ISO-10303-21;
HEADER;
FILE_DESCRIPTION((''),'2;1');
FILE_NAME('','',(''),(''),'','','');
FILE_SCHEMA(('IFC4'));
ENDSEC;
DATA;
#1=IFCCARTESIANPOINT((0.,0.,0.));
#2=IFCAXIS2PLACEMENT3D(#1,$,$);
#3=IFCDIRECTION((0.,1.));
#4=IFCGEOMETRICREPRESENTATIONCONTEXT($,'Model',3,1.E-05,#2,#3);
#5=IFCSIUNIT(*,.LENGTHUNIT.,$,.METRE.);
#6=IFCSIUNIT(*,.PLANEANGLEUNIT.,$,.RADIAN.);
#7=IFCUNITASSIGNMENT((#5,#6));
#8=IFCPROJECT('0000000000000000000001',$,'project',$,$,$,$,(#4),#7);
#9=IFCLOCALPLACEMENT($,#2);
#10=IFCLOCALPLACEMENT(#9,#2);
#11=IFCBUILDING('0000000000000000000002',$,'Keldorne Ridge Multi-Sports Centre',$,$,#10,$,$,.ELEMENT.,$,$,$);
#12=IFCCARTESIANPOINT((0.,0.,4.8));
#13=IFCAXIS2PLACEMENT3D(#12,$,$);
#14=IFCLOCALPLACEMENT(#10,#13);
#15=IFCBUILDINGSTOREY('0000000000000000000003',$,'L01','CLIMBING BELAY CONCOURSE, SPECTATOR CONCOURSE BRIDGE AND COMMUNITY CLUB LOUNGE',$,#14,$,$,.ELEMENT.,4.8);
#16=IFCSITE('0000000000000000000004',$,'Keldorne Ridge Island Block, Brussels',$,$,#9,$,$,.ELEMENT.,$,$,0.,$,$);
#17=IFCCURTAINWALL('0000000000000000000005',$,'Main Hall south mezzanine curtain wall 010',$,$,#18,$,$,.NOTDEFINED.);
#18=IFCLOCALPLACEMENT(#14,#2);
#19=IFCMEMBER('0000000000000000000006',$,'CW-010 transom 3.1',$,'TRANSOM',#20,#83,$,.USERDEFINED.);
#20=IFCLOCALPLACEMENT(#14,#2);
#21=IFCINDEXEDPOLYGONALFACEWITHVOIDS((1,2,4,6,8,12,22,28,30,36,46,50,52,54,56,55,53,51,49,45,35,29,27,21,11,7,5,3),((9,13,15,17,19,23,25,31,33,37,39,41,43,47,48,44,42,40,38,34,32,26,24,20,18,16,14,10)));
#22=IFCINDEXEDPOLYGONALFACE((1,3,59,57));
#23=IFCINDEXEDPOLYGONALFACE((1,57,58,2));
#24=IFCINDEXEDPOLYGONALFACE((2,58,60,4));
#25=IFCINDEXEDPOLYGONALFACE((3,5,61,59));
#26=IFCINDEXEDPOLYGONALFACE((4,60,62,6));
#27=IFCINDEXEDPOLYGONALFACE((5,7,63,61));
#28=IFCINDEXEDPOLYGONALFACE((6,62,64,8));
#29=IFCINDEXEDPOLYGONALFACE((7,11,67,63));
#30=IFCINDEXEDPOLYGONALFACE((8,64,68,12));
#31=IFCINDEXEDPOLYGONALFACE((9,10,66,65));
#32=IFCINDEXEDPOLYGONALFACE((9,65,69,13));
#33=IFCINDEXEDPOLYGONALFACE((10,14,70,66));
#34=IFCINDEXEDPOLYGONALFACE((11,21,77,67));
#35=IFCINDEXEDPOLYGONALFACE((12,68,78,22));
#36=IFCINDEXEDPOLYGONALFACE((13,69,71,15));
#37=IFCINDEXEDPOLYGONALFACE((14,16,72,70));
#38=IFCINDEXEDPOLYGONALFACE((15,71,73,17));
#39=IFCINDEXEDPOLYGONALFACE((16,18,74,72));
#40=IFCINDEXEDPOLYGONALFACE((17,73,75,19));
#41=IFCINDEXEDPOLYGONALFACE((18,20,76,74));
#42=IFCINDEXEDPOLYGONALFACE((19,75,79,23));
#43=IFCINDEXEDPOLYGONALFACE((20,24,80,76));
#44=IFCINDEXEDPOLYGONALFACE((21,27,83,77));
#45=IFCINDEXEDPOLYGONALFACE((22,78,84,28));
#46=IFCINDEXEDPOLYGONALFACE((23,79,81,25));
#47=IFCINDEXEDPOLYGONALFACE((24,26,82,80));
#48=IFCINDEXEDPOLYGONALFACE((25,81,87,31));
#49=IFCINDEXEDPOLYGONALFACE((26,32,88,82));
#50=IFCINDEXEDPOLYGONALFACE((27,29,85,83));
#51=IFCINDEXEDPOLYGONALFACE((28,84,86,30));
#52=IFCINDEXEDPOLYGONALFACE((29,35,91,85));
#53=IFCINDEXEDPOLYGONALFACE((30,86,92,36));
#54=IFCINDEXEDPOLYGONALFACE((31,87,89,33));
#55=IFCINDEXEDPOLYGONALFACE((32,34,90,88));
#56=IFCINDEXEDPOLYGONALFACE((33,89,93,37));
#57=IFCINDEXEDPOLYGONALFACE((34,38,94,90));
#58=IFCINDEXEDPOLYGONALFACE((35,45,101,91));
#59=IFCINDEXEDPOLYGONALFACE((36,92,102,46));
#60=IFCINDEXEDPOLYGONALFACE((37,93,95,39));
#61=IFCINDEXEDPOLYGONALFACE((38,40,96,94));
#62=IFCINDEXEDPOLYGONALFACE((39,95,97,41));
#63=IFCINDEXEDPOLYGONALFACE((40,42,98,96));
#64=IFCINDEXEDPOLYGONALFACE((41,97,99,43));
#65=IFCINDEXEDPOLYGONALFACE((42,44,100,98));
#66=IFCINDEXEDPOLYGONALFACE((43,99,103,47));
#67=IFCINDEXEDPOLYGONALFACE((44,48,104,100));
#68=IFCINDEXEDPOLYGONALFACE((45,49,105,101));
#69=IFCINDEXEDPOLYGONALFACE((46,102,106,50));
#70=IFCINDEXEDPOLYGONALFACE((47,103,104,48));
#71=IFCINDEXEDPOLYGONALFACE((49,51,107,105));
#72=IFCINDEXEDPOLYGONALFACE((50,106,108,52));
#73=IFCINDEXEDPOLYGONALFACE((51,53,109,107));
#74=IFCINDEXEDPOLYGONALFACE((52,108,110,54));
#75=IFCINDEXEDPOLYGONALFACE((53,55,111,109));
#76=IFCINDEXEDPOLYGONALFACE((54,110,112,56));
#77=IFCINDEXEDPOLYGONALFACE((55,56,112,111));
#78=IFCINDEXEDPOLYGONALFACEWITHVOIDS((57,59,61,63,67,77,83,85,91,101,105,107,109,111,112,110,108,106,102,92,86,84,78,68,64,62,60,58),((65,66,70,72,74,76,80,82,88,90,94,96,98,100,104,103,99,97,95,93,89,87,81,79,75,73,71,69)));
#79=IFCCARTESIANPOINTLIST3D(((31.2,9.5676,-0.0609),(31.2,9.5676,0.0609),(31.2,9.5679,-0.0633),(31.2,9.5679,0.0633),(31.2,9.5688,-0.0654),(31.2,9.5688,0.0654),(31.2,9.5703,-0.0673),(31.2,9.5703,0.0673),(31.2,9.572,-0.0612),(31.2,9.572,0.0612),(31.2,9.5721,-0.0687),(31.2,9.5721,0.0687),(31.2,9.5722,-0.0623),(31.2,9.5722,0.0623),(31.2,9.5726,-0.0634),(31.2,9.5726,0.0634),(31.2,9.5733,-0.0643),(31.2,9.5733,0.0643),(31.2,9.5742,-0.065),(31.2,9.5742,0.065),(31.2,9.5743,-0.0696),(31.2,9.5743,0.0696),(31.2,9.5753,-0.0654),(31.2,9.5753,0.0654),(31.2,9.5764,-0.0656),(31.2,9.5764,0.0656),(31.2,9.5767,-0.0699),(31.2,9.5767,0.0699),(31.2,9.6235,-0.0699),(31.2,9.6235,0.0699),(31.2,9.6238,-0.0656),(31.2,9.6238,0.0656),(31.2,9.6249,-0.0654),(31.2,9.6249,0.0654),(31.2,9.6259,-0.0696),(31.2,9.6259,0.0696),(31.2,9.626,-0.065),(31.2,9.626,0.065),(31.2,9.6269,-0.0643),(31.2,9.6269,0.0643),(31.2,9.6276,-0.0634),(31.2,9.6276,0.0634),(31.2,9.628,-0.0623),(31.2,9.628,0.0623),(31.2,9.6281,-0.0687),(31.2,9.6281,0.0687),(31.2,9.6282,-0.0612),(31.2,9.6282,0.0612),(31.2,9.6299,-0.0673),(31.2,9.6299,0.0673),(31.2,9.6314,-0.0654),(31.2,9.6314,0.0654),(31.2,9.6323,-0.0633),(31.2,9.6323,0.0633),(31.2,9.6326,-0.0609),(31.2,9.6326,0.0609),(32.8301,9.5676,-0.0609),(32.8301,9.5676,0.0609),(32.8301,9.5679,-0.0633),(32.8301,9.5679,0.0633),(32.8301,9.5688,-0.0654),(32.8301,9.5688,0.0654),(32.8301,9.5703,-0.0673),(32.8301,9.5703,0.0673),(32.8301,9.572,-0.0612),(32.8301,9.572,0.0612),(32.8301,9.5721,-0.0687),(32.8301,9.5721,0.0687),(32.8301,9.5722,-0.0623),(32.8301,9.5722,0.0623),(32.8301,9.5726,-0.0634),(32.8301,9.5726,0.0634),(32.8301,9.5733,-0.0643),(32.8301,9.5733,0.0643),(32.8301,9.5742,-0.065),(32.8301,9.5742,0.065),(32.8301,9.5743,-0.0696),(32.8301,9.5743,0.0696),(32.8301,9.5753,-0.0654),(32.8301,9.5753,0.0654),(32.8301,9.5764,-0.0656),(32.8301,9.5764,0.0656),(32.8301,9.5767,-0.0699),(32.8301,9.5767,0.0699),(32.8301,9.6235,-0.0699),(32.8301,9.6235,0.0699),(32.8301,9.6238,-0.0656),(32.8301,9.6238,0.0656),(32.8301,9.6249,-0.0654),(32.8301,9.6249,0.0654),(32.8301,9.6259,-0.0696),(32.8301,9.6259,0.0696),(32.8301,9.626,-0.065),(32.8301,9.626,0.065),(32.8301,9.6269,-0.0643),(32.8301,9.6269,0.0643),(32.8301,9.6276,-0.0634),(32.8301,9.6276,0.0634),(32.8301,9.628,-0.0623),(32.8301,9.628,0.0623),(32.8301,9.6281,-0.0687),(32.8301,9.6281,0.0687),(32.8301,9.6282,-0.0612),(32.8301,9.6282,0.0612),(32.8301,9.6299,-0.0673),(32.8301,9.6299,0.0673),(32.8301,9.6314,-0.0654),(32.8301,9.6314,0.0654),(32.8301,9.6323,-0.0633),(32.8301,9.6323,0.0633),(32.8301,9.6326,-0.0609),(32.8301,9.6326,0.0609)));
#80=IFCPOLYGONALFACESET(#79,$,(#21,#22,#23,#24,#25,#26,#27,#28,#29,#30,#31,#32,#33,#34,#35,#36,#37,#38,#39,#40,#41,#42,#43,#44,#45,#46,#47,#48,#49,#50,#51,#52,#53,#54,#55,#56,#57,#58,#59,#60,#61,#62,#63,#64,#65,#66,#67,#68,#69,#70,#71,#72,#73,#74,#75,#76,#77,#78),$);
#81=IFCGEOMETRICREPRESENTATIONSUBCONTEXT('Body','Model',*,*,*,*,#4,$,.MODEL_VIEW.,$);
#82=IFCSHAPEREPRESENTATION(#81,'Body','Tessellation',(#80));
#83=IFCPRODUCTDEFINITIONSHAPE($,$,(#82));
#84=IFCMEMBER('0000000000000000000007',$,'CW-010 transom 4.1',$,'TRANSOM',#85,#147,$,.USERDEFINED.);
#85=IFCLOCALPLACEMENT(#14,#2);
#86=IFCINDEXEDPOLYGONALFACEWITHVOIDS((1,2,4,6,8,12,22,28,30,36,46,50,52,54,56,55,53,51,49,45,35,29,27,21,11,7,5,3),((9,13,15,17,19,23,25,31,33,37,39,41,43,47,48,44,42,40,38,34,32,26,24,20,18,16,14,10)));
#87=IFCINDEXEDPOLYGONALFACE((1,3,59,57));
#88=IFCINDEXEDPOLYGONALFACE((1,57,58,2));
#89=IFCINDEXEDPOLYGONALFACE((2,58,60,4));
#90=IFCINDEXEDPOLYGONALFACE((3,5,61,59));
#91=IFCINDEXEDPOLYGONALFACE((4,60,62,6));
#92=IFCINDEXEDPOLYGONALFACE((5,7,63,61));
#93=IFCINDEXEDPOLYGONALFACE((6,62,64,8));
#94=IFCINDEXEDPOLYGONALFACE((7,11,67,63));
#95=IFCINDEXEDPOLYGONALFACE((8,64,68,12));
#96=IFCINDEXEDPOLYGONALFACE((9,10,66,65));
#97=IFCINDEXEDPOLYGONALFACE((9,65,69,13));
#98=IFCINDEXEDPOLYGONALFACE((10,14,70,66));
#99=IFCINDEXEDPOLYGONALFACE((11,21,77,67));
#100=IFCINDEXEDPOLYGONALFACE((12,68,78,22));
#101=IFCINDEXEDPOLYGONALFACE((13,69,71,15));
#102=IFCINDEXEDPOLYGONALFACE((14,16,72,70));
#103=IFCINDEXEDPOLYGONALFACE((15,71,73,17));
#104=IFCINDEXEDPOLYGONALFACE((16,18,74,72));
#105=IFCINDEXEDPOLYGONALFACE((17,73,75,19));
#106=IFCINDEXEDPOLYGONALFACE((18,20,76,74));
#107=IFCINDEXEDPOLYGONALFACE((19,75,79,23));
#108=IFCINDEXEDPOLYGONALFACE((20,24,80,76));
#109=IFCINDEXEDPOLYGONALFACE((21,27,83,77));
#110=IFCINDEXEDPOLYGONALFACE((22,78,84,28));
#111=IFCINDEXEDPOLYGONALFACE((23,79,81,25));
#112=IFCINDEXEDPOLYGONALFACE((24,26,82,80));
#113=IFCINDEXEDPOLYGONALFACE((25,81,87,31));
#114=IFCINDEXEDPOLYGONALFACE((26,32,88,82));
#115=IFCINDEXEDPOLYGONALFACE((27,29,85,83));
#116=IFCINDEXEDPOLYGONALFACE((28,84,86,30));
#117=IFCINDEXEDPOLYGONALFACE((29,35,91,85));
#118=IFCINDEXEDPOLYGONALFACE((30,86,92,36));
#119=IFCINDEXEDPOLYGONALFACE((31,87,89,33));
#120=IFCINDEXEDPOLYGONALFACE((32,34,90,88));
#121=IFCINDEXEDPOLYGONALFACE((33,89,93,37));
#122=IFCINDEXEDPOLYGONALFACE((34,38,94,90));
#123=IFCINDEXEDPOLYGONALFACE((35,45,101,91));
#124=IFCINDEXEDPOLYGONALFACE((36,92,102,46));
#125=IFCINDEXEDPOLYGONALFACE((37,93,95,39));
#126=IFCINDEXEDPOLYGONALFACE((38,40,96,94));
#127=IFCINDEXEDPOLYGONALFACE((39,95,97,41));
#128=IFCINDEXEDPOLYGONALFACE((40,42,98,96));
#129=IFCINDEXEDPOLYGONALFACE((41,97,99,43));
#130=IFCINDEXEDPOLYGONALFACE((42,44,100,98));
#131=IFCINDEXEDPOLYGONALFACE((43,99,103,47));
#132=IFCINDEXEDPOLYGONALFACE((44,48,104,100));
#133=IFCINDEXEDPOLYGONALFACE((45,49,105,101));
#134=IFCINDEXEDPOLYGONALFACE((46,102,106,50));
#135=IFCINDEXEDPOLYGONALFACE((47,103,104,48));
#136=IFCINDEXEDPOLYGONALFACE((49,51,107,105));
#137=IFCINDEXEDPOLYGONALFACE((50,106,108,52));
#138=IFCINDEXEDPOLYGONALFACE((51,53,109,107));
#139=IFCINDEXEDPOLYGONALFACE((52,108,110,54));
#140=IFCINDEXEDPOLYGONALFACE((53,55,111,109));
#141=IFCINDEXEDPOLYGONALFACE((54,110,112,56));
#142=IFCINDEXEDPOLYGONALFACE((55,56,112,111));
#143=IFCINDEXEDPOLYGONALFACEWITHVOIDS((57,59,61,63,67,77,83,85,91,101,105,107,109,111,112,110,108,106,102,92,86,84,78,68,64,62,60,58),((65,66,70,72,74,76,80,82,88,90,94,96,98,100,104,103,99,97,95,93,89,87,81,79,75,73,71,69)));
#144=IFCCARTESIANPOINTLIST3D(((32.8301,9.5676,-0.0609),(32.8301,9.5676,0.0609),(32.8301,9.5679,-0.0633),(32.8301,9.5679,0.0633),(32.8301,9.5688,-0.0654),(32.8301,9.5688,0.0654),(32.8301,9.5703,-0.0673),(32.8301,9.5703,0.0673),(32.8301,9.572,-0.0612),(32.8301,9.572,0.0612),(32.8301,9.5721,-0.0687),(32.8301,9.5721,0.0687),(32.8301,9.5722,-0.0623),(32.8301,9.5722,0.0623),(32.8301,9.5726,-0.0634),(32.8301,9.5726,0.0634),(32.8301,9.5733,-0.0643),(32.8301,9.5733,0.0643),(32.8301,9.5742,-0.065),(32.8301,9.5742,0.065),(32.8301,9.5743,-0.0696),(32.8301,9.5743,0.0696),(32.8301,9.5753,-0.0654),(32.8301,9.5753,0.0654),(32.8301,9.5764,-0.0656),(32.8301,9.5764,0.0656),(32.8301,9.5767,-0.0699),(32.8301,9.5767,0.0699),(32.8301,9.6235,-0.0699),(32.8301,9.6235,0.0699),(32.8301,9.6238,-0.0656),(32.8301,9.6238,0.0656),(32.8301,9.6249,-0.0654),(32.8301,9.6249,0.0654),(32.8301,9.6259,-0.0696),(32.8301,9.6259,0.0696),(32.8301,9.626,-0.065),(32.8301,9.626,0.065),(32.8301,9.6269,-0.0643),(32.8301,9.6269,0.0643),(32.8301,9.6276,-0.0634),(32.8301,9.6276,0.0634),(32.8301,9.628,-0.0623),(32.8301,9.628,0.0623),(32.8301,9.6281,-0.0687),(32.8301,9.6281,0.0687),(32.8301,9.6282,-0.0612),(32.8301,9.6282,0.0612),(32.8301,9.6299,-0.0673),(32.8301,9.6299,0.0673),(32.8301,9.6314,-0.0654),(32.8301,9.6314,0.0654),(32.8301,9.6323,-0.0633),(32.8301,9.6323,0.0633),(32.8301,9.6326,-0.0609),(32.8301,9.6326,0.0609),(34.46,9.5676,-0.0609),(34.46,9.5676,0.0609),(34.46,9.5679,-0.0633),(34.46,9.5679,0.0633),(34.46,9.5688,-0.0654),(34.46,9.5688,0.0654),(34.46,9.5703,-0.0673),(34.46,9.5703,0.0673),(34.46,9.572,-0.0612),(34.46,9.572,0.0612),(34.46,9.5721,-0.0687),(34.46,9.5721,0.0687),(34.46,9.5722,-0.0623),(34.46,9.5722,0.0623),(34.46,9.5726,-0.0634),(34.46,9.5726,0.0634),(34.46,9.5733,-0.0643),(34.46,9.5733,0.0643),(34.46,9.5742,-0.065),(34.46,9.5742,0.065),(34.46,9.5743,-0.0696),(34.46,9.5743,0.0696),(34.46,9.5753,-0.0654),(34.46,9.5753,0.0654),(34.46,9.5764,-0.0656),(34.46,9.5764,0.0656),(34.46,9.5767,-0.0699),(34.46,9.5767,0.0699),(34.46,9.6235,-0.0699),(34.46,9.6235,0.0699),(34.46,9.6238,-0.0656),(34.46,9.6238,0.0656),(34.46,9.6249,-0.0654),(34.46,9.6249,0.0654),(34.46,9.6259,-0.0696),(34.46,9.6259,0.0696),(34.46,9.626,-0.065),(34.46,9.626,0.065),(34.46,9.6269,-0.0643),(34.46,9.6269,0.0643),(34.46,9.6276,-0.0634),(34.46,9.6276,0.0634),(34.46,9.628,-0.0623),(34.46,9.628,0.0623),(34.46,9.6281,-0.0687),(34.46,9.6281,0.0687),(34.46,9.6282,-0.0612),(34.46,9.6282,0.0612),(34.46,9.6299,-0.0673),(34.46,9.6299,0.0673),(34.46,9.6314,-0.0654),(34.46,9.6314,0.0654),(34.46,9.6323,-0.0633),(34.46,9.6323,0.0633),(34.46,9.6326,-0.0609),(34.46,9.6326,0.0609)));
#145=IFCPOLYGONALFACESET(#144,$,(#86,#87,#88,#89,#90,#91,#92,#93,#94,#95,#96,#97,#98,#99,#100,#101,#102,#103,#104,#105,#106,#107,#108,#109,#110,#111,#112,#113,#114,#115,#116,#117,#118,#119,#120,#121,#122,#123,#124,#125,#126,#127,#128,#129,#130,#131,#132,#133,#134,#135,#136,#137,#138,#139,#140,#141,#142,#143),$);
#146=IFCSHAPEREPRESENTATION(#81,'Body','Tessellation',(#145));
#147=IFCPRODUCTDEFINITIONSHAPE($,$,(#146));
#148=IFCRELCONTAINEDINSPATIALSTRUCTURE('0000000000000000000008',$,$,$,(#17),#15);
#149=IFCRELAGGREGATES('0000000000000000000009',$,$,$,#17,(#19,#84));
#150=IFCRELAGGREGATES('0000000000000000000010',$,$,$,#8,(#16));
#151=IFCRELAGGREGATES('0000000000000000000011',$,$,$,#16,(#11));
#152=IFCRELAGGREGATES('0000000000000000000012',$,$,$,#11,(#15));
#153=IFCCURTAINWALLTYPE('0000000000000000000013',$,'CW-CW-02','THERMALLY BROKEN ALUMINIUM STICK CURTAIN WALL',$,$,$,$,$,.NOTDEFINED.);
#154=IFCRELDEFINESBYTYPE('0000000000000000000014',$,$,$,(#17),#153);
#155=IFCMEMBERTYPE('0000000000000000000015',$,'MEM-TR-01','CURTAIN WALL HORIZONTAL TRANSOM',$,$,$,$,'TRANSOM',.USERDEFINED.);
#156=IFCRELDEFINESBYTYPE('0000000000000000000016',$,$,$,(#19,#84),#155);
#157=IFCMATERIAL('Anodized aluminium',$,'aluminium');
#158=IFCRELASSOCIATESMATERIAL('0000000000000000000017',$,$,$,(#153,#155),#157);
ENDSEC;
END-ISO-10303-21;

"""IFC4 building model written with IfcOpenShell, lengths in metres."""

from ifc_helpers import new_model, si_unit, direction, frame, origin, origin_2d, place, context, subcontext, project, spatial, hollow_rectangle, extrude, material, material_profile, profile_set, type_object, element, aggregate, save


model = new_model("IFC4")

# Units and contexts
model_context = context("Model", 3, precision=1e-05, world=origin(), true_north=direction((0.0, 1.0)))
body_context = subcontext(model_context, "Body", "Model", "MODEL_VIEW")
ifc_project = project(units=[si_unit("LENGTHUNIT", "METRE"), si_unit("PLANEANGLEUNIT", "RADIAN")], contexts=[model_context])

# Site, building, storey
site_placement = place(None, origin())
site = spatial("IfcSite", under=ifc_project, at=site_placement, Name="Keldorne Ridge Island Block, Brussels", CompositionType="ELEMENT", RefElevation=0.0)
building_placement = place(site_placement, origin())
building = spatial("IfcBuilding", under=site, at=building_placement, Name="Keldorne Ridge Multi-Sports Centre", CompositionType="ELEMENT")
storey_placement = place(building_placement, frame((0.0, 0.0, 4.8)))
storey = spatial("IfcBuildingStorey", under=building, at=storey_placement, Name="L01", Description="CLIMBING BELAY CONCOURSE, SPECTATOR CONCOURSE BRIDGE AND COMMUNITY CLUB LOUNGE", CompositionType="ELEMENT", Elevation=4.8)

# Curtain wall
ifc_material_1 = material(Name="Anodized aluminium", Category="aluminium")
curtain_wall_type_1 = type_object("IfcCurtainWallType", Name="CW-CW-02", Description="THERMALLY BROKEN ALUMINIUM STICK CURTAIN WALL", PredefinedType="NOTDEFINED", material=ifc_material_1)
curtain_wall_1_placement = place(storey_placement, origin())
curtain_wall_1 = element("IfcCurtainWall", 1, at=curtain_wall_1_placement, inside=storey, type_object=curtain_wall_type_1, Name="Main Hall south mezzanine curtain wall 010", PredefinedType="NOTDEFINED")

# Members
ifc_material_profile_1 = material_profile(ifc_material_1, hollow_rectangle(XDim=0.0649, YDim=0.1399, WallThickness=0.0044, InnerFilletRadius=0.0044, OuterFilletRadius=0.009, at=origin_2d()), Name="ALU TRANSOM 140x65x4.5")
ifc_profile_set_1 = profile_set([ifc_material_profile_1], Name="Anodized aluminium")
member_type_1 = type_object("IfcMemberType", Name="MEM-TR-01", Description="CURTAIN WALL HORIZONTAL TRANSOM", ElementType="TRANSOM", PredefinedType="USERDEFINED", material=ifc_profile_set_1)
member_1_placement = place(storey_placement, frame((31.2, 9.6001, 0.0), z_axis=(1.0, 0.0, 0.0), x_axis=(0.0, 1.0, 0.0)))
member_1 = element("IfcMember", 2, at=member_1_placement, type_object=member_type_1, Name="CW-010 transom 3.1", ObjectType="TRANSOM", PredefinedType="USERDEFINED", context=body_context, shape_type="SweptSolid", body=[
    extrude(hollow_rectangle(XDim=0.0649, YDim=0.1399, WallThickness=0.0044, InnerFilletRadius=0.0044, OuterFilletRadius=0.009, at=origin_2d()), origin(), (0.0, 0.0, 1.0), 1.6301),
])
member_2_placement = place(storey_placement, frame((32.8301, 9.6001, 0.0), z_axis=(1.0, 0.0, 0.0), x_axis=(0.0, 1.0, 0.0)))
member_2 = element("IfcMember", 3, at=member_2_placement, type_object=member_type_1, Name="CW-010 transom 4.1", ObjectType="TRANSOM", PredefinedType="USERDEFINED", context=body_context, shape_type="SweptSolid", body=[
    extrude(hollow_rectangle(XDim=0.0649, YDim=0.1399, WallThickness=0.0044, InnerFilletRadius=0.0044, OuterFilletRadius=0.009, at=origin_2d()), origin(), (0.0, 0.0, 1.0), 1.6299),
])

aggregate(curtain_wall_1, [member_1, member_2])

save(model, "model.ifc")
